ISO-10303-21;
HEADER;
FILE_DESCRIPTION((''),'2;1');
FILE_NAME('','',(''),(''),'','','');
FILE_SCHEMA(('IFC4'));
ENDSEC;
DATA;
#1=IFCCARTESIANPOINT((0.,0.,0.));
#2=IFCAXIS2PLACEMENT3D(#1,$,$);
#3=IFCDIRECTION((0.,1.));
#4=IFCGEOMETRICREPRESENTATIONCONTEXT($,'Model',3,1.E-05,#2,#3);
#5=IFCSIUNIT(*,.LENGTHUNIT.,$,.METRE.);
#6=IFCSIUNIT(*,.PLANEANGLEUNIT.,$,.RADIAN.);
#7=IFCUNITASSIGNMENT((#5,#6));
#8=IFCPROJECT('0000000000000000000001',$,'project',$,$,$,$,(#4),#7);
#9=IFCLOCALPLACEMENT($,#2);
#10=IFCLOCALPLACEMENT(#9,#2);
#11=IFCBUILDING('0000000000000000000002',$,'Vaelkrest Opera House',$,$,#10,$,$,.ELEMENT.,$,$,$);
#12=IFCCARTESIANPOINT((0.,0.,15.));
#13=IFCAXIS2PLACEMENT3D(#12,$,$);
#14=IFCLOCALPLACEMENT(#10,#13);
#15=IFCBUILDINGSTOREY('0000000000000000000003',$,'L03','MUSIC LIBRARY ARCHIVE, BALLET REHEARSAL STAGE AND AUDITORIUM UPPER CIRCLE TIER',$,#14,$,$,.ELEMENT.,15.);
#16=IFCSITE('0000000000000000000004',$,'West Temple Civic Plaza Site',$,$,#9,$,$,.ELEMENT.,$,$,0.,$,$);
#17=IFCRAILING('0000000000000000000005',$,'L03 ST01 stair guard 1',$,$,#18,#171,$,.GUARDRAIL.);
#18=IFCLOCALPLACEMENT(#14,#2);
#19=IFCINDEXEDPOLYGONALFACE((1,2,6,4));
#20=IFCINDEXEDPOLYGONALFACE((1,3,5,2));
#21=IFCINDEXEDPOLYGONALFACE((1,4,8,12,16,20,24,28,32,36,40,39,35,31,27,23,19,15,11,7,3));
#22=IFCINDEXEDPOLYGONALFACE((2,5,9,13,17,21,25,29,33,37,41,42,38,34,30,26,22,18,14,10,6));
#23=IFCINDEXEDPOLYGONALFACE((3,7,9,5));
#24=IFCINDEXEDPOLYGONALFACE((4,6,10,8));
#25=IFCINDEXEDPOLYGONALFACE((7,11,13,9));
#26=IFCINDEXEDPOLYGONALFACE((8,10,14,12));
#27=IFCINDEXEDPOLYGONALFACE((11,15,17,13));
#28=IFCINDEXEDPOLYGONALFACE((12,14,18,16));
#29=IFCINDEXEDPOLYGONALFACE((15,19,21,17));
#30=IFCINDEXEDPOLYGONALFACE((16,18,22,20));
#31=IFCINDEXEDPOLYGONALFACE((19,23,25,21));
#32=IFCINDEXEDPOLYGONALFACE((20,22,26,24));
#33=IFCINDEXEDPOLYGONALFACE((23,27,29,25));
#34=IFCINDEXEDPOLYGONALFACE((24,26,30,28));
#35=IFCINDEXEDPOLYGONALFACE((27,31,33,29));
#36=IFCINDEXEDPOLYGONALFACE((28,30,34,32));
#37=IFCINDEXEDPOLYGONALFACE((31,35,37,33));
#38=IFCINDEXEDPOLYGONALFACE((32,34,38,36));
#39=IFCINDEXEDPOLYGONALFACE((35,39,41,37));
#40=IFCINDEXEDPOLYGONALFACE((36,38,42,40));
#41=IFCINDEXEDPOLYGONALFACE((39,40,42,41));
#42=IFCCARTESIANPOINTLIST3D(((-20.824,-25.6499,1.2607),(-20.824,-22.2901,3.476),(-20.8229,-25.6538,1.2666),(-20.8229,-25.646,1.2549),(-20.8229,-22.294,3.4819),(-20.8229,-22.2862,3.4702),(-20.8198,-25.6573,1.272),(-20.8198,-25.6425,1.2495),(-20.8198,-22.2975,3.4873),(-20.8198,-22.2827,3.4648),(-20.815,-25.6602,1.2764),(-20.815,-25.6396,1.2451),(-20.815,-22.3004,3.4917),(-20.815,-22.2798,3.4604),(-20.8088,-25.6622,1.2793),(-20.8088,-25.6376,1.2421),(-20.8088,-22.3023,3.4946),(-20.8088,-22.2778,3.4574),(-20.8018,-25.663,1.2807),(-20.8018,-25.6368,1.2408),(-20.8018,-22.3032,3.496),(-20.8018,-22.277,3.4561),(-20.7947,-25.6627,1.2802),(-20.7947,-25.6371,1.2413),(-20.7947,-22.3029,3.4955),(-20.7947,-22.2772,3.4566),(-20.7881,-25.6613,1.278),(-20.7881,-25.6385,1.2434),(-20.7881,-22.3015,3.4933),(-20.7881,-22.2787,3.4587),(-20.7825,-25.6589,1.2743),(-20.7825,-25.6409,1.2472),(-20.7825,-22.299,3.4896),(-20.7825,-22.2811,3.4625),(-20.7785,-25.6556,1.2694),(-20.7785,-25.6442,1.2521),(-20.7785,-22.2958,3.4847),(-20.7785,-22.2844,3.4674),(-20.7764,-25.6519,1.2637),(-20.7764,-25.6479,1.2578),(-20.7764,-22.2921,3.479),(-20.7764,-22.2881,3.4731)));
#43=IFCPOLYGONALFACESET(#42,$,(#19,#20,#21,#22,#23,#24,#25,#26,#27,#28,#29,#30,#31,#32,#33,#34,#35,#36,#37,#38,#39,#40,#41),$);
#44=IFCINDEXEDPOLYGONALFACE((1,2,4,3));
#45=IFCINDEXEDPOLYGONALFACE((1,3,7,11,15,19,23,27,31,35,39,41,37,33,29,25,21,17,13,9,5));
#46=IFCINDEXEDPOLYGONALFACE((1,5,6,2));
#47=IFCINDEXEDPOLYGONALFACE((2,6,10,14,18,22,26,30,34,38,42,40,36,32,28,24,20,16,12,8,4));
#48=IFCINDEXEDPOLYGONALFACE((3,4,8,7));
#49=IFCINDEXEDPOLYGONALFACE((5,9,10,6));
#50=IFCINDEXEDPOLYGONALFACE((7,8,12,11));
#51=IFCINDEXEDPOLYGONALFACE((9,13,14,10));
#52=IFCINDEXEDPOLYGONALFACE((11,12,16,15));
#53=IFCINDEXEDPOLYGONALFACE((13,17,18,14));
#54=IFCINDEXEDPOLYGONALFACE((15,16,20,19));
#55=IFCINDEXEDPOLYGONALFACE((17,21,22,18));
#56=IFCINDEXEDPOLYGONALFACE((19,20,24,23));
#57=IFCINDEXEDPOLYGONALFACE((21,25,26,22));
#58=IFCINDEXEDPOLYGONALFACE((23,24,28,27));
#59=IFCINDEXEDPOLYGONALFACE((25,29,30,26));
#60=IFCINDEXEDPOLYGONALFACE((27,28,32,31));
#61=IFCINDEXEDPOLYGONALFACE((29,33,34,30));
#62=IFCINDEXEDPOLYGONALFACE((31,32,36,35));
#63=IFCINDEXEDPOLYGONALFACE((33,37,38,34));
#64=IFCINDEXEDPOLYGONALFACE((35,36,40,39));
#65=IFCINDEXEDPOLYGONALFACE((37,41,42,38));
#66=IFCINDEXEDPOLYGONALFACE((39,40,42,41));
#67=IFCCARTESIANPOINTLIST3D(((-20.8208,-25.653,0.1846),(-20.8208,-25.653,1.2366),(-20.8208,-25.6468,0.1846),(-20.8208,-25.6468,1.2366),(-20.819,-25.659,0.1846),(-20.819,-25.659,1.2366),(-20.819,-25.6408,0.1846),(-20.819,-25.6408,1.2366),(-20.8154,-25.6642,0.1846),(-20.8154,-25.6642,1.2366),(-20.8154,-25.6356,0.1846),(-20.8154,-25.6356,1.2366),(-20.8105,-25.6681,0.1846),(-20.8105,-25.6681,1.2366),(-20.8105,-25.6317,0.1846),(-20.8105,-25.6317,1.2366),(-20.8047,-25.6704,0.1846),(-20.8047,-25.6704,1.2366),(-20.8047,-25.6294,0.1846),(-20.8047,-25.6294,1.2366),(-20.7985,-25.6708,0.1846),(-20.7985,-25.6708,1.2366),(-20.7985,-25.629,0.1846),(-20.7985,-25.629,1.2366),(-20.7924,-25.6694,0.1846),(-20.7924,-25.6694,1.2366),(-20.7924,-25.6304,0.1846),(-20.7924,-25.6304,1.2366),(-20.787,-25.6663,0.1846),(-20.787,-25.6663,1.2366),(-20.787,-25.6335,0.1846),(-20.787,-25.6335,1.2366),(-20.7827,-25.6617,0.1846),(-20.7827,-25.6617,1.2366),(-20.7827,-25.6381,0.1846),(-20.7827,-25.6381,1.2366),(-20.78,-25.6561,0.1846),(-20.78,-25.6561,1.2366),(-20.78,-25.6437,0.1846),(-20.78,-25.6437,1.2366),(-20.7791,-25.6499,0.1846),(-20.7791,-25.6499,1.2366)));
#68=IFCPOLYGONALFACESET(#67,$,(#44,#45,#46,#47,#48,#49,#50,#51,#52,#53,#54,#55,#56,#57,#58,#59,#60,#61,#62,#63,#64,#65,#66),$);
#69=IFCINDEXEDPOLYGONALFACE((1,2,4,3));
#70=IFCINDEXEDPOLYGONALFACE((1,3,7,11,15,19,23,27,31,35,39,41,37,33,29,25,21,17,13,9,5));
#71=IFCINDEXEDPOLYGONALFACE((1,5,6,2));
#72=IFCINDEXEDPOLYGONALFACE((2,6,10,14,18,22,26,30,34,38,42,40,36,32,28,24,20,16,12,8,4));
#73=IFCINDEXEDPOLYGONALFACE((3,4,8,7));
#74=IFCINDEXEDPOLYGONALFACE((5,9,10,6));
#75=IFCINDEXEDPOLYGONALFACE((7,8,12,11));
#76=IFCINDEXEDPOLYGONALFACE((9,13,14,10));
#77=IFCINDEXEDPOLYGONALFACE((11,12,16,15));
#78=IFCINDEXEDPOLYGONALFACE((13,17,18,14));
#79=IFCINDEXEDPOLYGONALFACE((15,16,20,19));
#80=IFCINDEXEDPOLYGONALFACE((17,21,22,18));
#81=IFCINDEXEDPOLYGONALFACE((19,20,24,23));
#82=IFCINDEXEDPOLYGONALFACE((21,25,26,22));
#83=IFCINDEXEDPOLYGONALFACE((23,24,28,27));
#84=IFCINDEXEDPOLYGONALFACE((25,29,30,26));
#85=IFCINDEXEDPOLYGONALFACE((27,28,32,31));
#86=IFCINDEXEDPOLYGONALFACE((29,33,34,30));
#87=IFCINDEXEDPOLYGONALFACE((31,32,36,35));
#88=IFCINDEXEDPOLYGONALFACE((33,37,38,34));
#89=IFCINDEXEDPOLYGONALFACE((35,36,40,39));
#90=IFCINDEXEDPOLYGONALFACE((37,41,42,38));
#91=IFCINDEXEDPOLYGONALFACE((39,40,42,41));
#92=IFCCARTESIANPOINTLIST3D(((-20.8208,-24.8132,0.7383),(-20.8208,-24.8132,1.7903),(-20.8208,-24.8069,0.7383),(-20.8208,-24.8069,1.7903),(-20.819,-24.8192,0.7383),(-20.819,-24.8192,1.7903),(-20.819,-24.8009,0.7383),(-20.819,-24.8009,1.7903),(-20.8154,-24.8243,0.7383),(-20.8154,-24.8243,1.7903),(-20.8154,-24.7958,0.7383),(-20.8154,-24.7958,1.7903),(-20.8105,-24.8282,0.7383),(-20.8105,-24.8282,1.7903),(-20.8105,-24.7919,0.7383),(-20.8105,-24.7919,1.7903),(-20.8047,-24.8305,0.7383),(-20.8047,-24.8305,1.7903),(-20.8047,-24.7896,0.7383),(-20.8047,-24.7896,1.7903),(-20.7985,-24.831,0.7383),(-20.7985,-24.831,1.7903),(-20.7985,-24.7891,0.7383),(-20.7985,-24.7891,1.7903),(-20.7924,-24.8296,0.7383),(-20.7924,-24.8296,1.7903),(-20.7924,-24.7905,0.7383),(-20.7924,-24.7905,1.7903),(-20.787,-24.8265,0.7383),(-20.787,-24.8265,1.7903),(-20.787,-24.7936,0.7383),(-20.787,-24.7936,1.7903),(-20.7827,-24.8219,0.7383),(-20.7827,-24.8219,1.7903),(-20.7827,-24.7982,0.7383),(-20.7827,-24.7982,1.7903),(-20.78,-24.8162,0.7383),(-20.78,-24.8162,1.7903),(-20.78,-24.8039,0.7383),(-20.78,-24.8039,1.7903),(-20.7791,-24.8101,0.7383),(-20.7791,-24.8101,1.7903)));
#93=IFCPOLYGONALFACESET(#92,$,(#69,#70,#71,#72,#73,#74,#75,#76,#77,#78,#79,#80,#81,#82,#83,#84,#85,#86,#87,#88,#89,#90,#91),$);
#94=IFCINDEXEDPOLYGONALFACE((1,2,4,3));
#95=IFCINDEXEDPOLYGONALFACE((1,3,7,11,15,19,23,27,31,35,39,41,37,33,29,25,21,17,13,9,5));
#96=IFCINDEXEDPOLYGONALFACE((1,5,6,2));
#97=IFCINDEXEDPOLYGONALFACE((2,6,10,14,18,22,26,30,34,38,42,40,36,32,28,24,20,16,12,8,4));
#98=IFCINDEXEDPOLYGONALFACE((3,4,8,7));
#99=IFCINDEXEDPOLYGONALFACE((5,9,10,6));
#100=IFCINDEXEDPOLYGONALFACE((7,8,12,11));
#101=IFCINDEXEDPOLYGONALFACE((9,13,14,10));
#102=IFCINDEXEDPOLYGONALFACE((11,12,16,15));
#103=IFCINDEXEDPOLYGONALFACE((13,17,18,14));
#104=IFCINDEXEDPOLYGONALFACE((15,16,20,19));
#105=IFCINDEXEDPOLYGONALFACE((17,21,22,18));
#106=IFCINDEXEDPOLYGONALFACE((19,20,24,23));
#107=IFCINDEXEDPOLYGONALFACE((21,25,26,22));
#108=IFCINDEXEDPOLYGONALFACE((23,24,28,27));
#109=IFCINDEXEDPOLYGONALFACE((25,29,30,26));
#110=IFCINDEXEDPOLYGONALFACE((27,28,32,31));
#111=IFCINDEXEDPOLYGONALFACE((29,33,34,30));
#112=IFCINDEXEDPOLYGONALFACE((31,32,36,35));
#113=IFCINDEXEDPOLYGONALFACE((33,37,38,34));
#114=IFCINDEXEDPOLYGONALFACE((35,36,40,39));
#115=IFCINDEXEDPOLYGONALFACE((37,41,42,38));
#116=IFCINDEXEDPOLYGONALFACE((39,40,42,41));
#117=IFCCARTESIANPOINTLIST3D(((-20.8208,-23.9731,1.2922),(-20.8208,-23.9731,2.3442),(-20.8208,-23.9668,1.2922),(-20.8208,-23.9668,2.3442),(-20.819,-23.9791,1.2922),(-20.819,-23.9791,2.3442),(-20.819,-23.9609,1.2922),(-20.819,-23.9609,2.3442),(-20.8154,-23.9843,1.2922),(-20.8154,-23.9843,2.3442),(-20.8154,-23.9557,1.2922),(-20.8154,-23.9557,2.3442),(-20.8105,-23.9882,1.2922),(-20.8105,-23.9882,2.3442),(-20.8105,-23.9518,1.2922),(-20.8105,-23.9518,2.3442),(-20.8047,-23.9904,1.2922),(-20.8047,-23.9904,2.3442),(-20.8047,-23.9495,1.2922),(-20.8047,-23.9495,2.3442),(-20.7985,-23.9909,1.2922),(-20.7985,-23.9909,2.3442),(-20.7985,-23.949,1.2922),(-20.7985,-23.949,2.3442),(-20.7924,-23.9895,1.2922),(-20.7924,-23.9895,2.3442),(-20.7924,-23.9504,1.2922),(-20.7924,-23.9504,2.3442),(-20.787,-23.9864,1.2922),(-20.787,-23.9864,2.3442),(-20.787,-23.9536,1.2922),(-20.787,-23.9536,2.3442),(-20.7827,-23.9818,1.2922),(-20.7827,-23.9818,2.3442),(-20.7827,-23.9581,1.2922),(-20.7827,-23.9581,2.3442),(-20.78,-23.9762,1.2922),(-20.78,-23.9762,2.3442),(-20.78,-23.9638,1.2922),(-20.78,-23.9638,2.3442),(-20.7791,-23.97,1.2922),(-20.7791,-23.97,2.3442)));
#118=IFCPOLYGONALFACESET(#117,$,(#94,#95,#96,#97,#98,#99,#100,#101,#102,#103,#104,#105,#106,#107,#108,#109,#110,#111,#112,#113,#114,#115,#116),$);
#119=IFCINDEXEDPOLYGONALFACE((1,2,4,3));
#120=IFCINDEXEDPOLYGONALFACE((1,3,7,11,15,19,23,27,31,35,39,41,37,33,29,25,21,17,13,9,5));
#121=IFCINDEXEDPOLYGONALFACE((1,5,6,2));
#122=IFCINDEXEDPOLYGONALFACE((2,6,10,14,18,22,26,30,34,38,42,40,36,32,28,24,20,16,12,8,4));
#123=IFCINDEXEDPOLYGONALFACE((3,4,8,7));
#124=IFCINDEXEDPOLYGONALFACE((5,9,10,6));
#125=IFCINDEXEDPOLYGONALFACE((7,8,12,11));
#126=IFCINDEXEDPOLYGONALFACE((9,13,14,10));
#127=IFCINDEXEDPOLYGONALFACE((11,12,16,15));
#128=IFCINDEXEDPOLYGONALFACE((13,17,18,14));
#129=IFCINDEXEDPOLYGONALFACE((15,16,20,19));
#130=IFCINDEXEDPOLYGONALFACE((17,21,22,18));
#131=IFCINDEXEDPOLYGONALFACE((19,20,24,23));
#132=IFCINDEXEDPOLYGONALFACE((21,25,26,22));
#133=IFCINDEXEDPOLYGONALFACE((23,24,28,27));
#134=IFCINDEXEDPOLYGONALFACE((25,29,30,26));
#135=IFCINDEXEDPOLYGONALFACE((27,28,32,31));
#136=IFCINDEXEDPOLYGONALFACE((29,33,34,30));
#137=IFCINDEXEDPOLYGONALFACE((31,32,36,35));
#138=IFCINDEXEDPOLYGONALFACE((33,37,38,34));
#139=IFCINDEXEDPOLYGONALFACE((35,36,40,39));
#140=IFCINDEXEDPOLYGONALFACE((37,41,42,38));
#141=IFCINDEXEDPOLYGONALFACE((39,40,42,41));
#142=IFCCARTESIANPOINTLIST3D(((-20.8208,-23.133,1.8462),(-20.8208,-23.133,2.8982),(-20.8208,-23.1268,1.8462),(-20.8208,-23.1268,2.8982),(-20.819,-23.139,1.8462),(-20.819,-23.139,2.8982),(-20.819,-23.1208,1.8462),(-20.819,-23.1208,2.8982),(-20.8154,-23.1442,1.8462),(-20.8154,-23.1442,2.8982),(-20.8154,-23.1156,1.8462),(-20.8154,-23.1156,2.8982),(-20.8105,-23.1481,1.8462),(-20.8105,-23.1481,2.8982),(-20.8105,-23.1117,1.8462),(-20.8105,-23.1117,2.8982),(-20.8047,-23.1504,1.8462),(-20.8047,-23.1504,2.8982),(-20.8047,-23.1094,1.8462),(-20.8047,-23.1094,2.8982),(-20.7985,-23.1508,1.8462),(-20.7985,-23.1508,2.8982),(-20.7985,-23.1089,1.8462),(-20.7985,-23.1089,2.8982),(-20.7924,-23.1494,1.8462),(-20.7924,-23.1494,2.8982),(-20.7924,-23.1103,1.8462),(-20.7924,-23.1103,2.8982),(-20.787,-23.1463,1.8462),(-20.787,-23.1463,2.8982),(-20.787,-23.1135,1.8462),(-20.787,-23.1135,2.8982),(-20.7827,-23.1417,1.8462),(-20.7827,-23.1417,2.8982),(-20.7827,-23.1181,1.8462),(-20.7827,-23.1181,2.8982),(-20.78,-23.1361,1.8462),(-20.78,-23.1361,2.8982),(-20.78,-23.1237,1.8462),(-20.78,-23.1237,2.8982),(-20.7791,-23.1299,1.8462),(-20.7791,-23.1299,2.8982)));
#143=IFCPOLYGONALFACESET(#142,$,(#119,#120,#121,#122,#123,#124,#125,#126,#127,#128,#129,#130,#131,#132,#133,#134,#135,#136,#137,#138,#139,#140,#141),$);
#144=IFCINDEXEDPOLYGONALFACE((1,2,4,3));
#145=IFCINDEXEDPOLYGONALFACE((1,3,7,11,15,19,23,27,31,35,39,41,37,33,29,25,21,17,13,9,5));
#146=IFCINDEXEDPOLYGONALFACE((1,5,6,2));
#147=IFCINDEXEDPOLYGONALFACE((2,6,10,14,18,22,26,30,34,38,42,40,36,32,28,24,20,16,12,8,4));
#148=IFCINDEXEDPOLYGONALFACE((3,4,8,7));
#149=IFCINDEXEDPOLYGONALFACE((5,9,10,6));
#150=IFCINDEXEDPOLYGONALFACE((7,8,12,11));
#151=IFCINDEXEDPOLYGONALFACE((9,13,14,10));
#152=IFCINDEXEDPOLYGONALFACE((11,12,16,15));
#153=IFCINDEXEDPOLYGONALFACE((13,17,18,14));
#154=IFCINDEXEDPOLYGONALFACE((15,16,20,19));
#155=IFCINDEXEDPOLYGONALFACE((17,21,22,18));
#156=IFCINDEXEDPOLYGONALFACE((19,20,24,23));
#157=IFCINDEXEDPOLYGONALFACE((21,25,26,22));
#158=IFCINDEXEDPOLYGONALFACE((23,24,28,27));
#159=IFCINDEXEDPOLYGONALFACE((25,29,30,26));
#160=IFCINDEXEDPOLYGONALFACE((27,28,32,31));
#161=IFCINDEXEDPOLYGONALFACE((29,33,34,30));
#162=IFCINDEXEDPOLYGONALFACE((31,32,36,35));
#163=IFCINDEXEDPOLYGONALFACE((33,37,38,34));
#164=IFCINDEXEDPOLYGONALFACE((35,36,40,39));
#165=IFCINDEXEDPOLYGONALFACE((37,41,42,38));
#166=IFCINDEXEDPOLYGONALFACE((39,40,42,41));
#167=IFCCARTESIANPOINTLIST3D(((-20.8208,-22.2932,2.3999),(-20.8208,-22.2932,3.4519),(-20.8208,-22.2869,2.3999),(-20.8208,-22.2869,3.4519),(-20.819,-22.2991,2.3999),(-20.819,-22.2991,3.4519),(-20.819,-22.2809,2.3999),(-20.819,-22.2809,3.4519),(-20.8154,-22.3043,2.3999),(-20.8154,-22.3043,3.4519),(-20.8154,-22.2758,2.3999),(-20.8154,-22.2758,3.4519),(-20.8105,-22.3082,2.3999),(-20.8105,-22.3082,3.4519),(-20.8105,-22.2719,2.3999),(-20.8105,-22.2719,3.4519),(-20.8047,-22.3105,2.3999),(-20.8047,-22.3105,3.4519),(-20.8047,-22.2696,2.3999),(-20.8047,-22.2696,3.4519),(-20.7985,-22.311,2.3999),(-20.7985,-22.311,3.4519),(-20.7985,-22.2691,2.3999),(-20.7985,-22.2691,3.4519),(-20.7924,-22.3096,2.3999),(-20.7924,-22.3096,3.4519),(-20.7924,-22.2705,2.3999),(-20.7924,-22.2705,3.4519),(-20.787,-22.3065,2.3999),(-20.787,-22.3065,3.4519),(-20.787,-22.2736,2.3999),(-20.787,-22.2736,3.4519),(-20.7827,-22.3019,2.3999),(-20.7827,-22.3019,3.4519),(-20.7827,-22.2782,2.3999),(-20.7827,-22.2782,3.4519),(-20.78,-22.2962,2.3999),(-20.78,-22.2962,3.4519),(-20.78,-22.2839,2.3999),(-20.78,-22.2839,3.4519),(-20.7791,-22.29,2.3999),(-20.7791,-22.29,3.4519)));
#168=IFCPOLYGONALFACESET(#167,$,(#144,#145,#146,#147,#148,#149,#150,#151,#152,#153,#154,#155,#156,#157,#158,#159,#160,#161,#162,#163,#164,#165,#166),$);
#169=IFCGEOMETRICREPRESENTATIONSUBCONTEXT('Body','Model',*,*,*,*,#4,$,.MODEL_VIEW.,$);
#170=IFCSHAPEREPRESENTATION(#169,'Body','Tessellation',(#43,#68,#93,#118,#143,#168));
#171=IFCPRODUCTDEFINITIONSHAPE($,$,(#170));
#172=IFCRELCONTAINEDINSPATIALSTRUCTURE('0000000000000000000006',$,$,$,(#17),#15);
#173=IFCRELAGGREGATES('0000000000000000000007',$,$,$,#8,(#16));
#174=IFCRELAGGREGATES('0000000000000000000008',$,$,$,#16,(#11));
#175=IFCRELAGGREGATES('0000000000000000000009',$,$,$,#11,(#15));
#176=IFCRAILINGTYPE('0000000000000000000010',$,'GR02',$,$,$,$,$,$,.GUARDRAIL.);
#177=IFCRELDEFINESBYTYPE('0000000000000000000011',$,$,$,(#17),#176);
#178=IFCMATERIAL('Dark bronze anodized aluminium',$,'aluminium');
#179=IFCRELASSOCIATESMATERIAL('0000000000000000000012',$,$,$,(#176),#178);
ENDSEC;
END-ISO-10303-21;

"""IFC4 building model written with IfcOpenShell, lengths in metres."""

from ifc_helpers import new_model, si_unit, direction, frame, origin, origin_2d, place, context, subcontext, project, spatial, circle, extrude, material, type_object, element, save


model = new_model("IFC4")

# Units and contexts
model_context = context("Model", 3, precision=1e-05, world=origin(), true_north=direction((0.0, 1.0)))
body_context = subcontext(model_context, "Body", "Model", "MODEL_VIEW")
ifc_project = project(units=[si_unit("LENGTHUNIT", "METRE"), si_unit("PLANEANGLEUNIT", "RADIAN")], contexts=[model_context])

# Site, building, storey
site_placement = place(None, origin())
site = spatial("IfcSite", under=ifc_project, at=site_placement, Name="West Temple Civic Plaza Site", CompositionType="ELEMENT", RefElevation=0.0)
building_placement = place(site_placement, origin())
building = spatial("IfcBuilding", under=site, at=building_placement, Name="Vaelkrest Opera House", CompositionType="ELEMENT")
storey_placement = place(building_placement, frame((0.0, 0.0, 15.0)))
storey = spatial("IfcBuildingStorey", under=building, at=storey_placement, Name="L03", Description="MUSIC LIBRARY ARCHIVE, BALLET REHEARSAL STAGE AND AUDITORIUM UPPER CIRCLE TIER", CompositionType="ELEMENT", Elevation=15.0)

# Shared definitions
ifc_material_1 = material(Name="Dark bronze anodized aluminium", Category="aluminium")

# Railing
railing_type_1 = type_object("IfcRailingType", Name="GR02", PredefinedType="GUARDRAIL", material=ifc_material_1)
railing_1_placement = place(storey_placement, frame((-20.8, -25.6499, 0.1846)))
element("IfcRailing", 1, at=railing_1_placement, inside=storey, type_object=railing_type_1, Name="L03 ST01 stair guard 1", PredefinedType="GUARDRAIL", context=body_context, shape_type="SweptSolid", body=[
    extrude(circle(Radius=0.0239, at=origin_2d()), frame((0.0, 0.0, 1.0762), z_axis=(0.0, 0.834858, 0.550465), x_axis=(-1.0, 0.0, 0.0)), (0.0, 0.0, 1.0), 4.0244),
    extrude(circle(Radius=0.021, at=origin_2d()), origin(), (0.0, 0.0, 1.0), 1.052),
    extrude(circle(Radius=0.021, at=origin_2d()), frame((0.0, 0.8398, 0.5537)), (0.0, 0.0, 1.0), 1.052),
    extrude(circle(Radius=0.021, at=origin_2d()), frame((0.0, 1.6799, 1.1077)), (0.0, 0.0, 1.0), 1.052),
    extrude(circle(Radius=0.021, at=origin_2d()), frame((0.0, 2.52, 1.6616)), (0.0, 0.0, 1.0), 1.052),
    extrude(circle(Radius=0.021, at=origin_2d()), frame((0.0, 3.3599, 2.2153)), (0.0, 0.0, 1.0), 1.052),
])

save(model, "model.ifc")
